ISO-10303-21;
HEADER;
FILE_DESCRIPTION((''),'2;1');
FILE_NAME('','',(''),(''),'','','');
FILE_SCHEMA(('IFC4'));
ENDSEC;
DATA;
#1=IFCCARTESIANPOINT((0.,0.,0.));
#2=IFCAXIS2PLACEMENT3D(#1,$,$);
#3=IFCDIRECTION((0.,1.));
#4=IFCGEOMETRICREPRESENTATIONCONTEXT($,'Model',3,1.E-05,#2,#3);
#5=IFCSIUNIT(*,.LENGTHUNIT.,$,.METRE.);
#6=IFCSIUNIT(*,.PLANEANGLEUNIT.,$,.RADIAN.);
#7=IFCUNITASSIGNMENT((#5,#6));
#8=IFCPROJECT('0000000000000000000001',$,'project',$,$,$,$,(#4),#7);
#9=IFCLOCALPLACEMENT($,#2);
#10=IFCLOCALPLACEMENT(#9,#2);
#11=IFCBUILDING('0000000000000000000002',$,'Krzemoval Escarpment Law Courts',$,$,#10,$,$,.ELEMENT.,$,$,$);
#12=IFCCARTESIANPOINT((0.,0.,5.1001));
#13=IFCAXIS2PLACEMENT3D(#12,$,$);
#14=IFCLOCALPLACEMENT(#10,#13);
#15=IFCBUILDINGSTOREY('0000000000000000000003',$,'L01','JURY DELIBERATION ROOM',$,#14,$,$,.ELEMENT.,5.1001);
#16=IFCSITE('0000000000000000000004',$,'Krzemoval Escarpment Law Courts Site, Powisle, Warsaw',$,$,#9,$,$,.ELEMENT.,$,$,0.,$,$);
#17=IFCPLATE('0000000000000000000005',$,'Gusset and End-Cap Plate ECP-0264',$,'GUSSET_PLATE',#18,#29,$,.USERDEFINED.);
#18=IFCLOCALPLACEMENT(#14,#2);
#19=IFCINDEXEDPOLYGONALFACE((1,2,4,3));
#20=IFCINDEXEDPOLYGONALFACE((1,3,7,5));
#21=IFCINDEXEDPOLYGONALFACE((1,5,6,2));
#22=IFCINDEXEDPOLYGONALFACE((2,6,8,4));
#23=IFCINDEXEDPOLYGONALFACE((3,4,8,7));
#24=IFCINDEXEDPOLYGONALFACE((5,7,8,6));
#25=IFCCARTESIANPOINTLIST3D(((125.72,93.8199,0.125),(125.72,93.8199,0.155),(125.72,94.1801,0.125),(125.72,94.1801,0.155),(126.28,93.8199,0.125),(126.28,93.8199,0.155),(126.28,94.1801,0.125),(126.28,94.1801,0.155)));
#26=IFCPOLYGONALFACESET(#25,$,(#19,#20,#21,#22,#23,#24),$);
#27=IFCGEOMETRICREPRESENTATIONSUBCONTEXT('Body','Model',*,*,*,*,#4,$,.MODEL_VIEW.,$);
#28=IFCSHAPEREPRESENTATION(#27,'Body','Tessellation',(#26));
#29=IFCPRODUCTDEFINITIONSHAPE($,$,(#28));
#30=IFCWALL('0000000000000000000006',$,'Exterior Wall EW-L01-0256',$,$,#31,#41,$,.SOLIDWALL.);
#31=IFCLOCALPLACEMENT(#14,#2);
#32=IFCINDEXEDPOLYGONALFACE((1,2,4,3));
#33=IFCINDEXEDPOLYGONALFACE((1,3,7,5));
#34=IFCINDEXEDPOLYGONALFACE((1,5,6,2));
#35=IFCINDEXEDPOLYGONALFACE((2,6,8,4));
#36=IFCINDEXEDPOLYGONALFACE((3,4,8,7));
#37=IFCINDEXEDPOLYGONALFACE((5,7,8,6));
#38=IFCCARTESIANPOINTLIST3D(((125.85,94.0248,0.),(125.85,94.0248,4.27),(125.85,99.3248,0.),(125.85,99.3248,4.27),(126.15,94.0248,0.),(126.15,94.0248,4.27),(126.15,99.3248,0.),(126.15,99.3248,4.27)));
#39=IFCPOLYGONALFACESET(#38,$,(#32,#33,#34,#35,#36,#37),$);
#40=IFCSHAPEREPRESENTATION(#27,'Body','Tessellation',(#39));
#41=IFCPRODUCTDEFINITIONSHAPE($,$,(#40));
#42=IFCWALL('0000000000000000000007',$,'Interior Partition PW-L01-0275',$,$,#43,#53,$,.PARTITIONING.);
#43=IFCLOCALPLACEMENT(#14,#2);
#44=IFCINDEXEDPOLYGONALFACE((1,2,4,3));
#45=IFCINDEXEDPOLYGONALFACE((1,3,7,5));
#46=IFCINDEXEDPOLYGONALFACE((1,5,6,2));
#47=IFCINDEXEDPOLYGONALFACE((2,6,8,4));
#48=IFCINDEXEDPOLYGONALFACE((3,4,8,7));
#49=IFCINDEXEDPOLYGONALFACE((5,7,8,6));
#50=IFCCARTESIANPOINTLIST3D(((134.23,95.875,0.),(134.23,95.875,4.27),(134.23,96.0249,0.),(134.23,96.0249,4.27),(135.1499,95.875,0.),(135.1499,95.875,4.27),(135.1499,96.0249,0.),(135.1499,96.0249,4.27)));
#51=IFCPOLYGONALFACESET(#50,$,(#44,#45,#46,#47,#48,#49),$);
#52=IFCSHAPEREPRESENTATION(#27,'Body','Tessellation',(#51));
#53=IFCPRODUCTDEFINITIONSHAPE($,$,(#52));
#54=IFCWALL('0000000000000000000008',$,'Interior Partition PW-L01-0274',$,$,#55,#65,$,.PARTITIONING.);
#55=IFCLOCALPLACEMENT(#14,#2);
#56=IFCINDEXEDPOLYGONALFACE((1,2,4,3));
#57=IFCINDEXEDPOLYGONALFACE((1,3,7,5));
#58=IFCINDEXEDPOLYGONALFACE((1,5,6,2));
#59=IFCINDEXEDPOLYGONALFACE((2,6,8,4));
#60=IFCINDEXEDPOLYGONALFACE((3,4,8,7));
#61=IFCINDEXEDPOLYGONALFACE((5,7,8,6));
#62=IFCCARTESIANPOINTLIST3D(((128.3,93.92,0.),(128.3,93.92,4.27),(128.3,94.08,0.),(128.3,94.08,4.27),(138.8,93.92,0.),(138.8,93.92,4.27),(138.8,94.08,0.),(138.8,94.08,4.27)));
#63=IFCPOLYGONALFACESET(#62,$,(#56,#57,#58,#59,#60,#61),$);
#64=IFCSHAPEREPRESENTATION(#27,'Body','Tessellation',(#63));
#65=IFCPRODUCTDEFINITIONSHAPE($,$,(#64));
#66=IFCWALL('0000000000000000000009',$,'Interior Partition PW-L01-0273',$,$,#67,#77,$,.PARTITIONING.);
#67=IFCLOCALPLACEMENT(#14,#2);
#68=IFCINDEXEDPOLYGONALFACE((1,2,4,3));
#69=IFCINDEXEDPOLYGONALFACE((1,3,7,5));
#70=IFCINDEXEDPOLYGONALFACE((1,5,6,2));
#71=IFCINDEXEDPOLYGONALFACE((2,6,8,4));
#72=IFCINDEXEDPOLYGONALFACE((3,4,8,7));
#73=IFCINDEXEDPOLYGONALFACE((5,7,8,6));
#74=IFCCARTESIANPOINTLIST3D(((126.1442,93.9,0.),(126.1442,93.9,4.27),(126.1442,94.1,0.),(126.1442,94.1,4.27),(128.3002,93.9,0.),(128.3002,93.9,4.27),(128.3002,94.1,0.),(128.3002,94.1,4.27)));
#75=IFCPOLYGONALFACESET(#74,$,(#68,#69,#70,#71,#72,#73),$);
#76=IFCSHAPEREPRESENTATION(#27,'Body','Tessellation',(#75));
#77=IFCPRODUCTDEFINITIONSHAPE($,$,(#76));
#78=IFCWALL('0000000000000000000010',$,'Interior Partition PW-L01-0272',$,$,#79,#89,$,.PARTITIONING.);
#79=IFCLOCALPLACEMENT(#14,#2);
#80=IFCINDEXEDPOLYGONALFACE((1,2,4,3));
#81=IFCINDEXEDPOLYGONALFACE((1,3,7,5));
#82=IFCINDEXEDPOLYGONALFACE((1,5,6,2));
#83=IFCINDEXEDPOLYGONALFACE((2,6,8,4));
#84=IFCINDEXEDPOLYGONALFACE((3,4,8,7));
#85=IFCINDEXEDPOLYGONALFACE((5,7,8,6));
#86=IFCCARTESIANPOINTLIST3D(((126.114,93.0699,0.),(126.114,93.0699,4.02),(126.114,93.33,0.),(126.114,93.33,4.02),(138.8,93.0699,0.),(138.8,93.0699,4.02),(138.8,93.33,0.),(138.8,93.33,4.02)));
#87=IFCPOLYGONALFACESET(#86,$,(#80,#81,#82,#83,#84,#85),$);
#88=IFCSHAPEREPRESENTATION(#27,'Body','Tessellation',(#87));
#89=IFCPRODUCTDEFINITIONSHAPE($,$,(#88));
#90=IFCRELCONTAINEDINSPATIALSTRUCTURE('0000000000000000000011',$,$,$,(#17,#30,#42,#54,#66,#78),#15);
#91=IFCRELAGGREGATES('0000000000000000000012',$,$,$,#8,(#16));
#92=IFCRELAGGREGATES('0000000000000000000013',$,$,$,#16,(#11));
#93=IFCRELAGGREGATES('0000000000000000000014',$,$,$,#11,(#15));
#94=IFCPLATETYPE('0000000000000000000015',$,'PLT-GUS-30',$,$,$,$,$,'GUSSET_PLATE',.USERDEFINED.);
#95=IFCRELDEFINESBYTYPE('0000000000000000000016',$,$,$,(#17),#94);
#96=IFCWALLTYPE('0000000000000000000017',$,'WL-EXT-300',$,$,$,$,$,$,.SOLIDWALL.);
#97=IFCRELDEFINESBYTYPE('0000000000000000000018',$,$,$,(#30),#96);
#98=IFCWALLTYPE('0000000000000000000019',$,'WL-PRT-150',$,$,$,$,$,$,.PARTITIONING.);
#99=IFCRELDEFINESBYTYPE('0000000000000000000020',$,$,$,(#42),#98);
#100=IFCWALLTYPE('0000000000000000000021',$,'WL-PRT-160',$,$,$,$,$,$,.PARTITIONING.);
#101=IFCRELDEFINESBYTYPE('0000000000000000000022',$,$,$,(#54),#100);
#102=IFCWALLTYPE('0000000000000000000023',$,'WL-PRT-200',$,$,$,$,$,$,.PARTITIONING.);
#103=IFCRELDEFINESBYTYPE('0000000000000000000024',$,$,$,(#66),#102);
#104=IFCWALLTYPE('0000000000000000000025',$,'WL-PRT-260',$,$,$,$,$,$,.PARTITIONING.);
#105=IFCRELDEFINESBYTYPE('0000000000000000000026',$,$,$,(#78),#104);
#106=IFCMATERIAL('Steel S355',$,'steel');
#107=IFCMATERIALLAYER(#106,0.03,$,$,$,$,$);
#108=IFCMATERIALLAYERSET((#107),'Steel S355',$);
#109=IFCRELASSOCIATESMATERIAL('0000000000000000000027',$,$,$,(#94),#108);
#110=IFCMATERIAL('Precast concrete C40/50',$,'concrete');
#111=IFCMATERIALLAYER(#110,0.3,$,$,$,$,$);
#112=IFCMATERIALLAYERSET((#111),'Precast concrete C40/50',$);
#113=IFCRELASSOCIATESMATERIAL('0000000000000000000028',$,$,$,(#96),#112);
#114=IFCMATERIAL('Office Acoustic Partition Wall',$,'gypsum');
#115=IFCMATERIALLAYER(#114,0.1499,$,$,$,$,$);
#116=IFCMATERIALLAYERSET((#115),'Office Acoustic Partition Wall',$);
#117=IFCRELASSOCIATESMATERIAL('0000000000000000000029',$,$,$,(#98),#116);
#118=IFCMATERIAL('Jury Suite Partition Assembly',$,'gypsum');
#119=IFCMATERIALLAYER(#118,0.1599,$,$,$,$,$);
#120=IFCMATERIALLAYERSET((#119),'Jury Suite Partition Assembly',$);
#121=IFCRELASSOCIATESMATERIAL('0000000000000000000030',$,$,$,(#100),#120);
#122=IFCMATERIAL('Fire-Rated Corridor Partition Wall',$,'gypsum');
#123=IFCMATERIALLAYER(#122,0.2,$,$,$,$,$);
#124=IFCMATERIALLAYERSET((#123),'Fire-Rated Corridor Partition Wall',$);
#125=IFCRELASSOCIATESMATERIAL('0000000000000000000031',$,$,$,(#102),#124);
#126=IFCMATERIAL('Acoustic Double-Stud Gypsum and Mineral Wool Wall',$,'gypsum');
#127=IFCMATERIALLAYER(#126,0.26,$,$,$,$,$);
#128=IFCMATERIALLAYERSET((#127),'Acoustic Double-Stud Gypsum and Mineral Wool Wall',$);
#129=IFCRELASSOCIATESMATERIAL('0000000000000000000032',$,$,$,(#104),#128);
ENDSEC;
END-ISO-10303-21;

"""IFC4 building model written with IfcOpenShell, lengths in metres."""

from ifc_helpers import new_model, si_unit, direction, frame, frame_2d, origin, origin_2d, place, context, subcontext, project, spatial, rectangle, extrude, material, layer, layer_set, type_object, element, save


model = new_model("IFC4")

# Units and contexts
model_context = context("Model", 3, precision=1e-05, world=origin(), true_north=direction((0.0, 1.0)))
body_context = subcontext(model_context, "Body", "Model", "MODEL_VIEW")
ifc_project = project(units=[si_unit("LENGTHUNIT", "METRE"), si_unit("PLANEANGLEUNIT", "RADIAN")], contexts=[model_context])

# Site, building, storey
site_placement = place(None, origin())
site = spatial("IfcSite", under=ifc_project, at=site_placement, Name="Krzemoval Escarpment Law Courts Site, Powisle, Warsaw", CompositionType="ELEMENT", RefElevation=0.0)
building_placement = place(site_placement, origin())
building = spatial("IfcBuilding", under=site, at=building_placement, Name="Krzemoval Escarpment Law Courts", CompositionType="ELEMENT")
storey_placement = place(building_placement, frame((0.0, 0.0, 5.1001)))
storey = spatial("IfcBuildingStorey", under=building, at=storey_placement, Name="L01", Description="JURY DELIBERATION ROOM", CompositionType="ELEMENT", Elevation=5.1001)

# Plate
ifc_material_1 = material(Name="Steel S355", Category="steel")
ifc_layer_1 = layer(ifc_material_1, 0.03)
ifc_layer_set_1 = layer_set([ifc_layer_1], Name="Steel S355")
plate_type_1 = type_object("IfcPlateType", Name="PLT-GUS-30", ElementType="GUSSET_PLATE", PredefinedType="USERDEFINED", material=ifc_layer_set_1)
plate_1_placement = place(storey_placement, frame((126.0, 94.0, 0.125), z_axis=(0.0, 0.0, 1.0), x_axis=(1.0, 0.0, 0.0)))
element("IfcPlate", 1, at=plate_1_placement, inside=storey, type_object=plate_type_1, Name="Gusset and End-Cap Plate ECP-0264", ObjectType="GUSSET_PLATE", PredefinedType="USERDEFINED", context=body_context, shape_type="SweptSolid", body=[
    extrude(rectangle(XDim=0.5601, YDim=0.3601, at=origin_2d()), origin(), (0.0, 0.0, 1.0), 0.03),
])

# Walls
ifc_material_2 = material(Name="Precast concrete C40/50", Category="concrete")
ifc_layer_2 = layer(ifc_material_2, 0.3)
ifc_layer_set_2 = layer_set([ifc_layer_2], Name="Precast concrete C40/50")
wall_type_1 = type_object("IfcWallType", Name="WL-EXT-300", PredefinedType="SOLIDWALL", material=ifc_layer_set_2)
wall_1_placement = place(storey_placement, frame((126.0, 94.0249, 0.0), z_axis=(0.0, 0.0, 1.0), x_axis=(0.0, 1.0, 0.0)))
element("IfcWall", 2, at=wall_1_placement, inside=storey, type_object=wall_type_1, Name="Exterior Wall EW-L01-0256", PredefinedType="SOLIDWALL", context=body_context, shape_type="SweptSolid", body=[
    extrude(rectangle(XDim=5.3, YDim=0.3, at=frame_2d((2.6499, 0.0))), origin(), (0.0, 0.0, 1.0), 4.27),
])
ifc_material_3 = material(Name="Office Acoustic Partition Wall", Category="gypsum")
ifc_layer_3 = layer(ifc_material_3, 0.1499)
ifc_layer_set_3 = layer_set([ifc_layer_3], Name="Office Acoustic Partition Wall")
wall_type_2 = type_object("IfcWallType", Name="WL-PRT-150", PredefinedType="PARTITIONING", material=ifc_layer_set_3)
wall_2_placement = place(storey_placement, frame((134.23, 95.95, 0.0), z_axis=(0.0, 0.0, 1.0), x_axis=(1.0, 0.0, 0.0)))
element("IfcWall", 3, at=wall_2_placement, inside=storey, type_object=wall_type_2, Name="Interior Partition PW-L01-0275", PredefinedType="PARTITIONING", context=body_context, shape_type="SweptSolid", body=[
    extrude(rectangle(XDim=0.9199, YDim=0.1499, at=frame_2d((0.46, 0.0))), origin(), (0.0, 0.0, 1.0), 4.27),
])
ifc_material_4 = material(Name="Jury Suite Partition Assembly", Category="gypsum")
ifc_layer_4 = layer(ifc_material_4, 0.1599)
ifc_layer_set_4 = layer_set([ifc_layer_4], Name="Jury Suite Partition Assembly")
wall_type_3 = type_object("IfcWallType", Name="WL-PRT-160", PredefinedType="PARTITIONING", material=ifc_layer_set_4)
wall_3_placement = place(storey_placement, frame((128.3, 94.0, 0.0), z_axis=(0.0, 0.0, 1.0), x_axis=(1.0, 0.0, 0.0)))
element("IfcWall", 4, at=wall_3_placement, inside=storey, type_object=wall_type_3, Name="Interior Partition PW-L01-0274", PredefinedType="PARTITIONING", context=body_context, shape_type="SweptSolid", body=[
    extrude(rectangle(XDim=10.5, YDim=0.1599, at=frame_2d((5.25, 0.0))), origin(), (0.0, 0.0, 1.0), 4.27),
])
ifc_material_5 = material(Name="Fire-Rated Corridor Partition Wall", Category="gypsum")
ifc_layer_5 = layer(ifc_material_5, 0.2)
ifc_layer_set_5 = layer_set([ifc_layer_5], Name="Fire-Rated Corridor Partition Wall")
wall_type_4 = type_object("IfcWallType", Name="WL-PRT-200", PredefinedType="PARTITIONING", material=ifc_layer_set_5)
wall_4_placement = place(storey_placement, frame((126.144, 94.0, 0.0), z_axis=(0.0, 0.0, 1.0), x_axis=(1.0, 0.0, 0.0)))
element("IfcWall", 5, at=wall_4_placement, inside=storey, type_object=wall_type_4, Name="Interior Partition PW-L01-0273", PredefinedType="PARTITIONING", context=body_context, shape_type="SweptSolid", body=[
    extrude(rectangle(XDim=2.156, YDim=0.2, at=frame_2d((1.0781, 0.0))), origin(), (0.0, 0.0, 1.0), 4.27),
])
ifc_material_6 = material(Name="Acoustic Double-Stud Gypsum and Mineral Wool Wall", Category="gypsum")
ifc_layer_6 = layer(ifc_material_6, 0.26)
ifc_layer_set_6 = layer_set([ifc_layer_6], Name="Acoustic Double-Stud Gypsum and Mineral Wool Wall")
wall_type_5 = type_object("IfcWallType", Name="WL-PRT-260", PredefinedType="PARTITIONING", material=ifc_layer_set_6)
wall_5_placement = place(storey_placement, frame((126.114, 93.2, 0.0), z_axis=(0.0, 0.0, 1.0), x_axis=(1.0, 0.0, 0.0)))
element("IfcWall", 6, at=wall_5_placement, inside=storey, type_object=wall_type_5, Name="Interior Partition PW-L01-0272", PredefinedType="PARTITIONING", context=body_context, shape_type="SweptSolid", body=[
    extrude(rectangle(XDim=12.686, YDim=0.26, at=frame_2d((6.343, 0.0))), origin(), (0.0, 0.0, 1.0), 4.02),
])

save(model, "model.ifc")
